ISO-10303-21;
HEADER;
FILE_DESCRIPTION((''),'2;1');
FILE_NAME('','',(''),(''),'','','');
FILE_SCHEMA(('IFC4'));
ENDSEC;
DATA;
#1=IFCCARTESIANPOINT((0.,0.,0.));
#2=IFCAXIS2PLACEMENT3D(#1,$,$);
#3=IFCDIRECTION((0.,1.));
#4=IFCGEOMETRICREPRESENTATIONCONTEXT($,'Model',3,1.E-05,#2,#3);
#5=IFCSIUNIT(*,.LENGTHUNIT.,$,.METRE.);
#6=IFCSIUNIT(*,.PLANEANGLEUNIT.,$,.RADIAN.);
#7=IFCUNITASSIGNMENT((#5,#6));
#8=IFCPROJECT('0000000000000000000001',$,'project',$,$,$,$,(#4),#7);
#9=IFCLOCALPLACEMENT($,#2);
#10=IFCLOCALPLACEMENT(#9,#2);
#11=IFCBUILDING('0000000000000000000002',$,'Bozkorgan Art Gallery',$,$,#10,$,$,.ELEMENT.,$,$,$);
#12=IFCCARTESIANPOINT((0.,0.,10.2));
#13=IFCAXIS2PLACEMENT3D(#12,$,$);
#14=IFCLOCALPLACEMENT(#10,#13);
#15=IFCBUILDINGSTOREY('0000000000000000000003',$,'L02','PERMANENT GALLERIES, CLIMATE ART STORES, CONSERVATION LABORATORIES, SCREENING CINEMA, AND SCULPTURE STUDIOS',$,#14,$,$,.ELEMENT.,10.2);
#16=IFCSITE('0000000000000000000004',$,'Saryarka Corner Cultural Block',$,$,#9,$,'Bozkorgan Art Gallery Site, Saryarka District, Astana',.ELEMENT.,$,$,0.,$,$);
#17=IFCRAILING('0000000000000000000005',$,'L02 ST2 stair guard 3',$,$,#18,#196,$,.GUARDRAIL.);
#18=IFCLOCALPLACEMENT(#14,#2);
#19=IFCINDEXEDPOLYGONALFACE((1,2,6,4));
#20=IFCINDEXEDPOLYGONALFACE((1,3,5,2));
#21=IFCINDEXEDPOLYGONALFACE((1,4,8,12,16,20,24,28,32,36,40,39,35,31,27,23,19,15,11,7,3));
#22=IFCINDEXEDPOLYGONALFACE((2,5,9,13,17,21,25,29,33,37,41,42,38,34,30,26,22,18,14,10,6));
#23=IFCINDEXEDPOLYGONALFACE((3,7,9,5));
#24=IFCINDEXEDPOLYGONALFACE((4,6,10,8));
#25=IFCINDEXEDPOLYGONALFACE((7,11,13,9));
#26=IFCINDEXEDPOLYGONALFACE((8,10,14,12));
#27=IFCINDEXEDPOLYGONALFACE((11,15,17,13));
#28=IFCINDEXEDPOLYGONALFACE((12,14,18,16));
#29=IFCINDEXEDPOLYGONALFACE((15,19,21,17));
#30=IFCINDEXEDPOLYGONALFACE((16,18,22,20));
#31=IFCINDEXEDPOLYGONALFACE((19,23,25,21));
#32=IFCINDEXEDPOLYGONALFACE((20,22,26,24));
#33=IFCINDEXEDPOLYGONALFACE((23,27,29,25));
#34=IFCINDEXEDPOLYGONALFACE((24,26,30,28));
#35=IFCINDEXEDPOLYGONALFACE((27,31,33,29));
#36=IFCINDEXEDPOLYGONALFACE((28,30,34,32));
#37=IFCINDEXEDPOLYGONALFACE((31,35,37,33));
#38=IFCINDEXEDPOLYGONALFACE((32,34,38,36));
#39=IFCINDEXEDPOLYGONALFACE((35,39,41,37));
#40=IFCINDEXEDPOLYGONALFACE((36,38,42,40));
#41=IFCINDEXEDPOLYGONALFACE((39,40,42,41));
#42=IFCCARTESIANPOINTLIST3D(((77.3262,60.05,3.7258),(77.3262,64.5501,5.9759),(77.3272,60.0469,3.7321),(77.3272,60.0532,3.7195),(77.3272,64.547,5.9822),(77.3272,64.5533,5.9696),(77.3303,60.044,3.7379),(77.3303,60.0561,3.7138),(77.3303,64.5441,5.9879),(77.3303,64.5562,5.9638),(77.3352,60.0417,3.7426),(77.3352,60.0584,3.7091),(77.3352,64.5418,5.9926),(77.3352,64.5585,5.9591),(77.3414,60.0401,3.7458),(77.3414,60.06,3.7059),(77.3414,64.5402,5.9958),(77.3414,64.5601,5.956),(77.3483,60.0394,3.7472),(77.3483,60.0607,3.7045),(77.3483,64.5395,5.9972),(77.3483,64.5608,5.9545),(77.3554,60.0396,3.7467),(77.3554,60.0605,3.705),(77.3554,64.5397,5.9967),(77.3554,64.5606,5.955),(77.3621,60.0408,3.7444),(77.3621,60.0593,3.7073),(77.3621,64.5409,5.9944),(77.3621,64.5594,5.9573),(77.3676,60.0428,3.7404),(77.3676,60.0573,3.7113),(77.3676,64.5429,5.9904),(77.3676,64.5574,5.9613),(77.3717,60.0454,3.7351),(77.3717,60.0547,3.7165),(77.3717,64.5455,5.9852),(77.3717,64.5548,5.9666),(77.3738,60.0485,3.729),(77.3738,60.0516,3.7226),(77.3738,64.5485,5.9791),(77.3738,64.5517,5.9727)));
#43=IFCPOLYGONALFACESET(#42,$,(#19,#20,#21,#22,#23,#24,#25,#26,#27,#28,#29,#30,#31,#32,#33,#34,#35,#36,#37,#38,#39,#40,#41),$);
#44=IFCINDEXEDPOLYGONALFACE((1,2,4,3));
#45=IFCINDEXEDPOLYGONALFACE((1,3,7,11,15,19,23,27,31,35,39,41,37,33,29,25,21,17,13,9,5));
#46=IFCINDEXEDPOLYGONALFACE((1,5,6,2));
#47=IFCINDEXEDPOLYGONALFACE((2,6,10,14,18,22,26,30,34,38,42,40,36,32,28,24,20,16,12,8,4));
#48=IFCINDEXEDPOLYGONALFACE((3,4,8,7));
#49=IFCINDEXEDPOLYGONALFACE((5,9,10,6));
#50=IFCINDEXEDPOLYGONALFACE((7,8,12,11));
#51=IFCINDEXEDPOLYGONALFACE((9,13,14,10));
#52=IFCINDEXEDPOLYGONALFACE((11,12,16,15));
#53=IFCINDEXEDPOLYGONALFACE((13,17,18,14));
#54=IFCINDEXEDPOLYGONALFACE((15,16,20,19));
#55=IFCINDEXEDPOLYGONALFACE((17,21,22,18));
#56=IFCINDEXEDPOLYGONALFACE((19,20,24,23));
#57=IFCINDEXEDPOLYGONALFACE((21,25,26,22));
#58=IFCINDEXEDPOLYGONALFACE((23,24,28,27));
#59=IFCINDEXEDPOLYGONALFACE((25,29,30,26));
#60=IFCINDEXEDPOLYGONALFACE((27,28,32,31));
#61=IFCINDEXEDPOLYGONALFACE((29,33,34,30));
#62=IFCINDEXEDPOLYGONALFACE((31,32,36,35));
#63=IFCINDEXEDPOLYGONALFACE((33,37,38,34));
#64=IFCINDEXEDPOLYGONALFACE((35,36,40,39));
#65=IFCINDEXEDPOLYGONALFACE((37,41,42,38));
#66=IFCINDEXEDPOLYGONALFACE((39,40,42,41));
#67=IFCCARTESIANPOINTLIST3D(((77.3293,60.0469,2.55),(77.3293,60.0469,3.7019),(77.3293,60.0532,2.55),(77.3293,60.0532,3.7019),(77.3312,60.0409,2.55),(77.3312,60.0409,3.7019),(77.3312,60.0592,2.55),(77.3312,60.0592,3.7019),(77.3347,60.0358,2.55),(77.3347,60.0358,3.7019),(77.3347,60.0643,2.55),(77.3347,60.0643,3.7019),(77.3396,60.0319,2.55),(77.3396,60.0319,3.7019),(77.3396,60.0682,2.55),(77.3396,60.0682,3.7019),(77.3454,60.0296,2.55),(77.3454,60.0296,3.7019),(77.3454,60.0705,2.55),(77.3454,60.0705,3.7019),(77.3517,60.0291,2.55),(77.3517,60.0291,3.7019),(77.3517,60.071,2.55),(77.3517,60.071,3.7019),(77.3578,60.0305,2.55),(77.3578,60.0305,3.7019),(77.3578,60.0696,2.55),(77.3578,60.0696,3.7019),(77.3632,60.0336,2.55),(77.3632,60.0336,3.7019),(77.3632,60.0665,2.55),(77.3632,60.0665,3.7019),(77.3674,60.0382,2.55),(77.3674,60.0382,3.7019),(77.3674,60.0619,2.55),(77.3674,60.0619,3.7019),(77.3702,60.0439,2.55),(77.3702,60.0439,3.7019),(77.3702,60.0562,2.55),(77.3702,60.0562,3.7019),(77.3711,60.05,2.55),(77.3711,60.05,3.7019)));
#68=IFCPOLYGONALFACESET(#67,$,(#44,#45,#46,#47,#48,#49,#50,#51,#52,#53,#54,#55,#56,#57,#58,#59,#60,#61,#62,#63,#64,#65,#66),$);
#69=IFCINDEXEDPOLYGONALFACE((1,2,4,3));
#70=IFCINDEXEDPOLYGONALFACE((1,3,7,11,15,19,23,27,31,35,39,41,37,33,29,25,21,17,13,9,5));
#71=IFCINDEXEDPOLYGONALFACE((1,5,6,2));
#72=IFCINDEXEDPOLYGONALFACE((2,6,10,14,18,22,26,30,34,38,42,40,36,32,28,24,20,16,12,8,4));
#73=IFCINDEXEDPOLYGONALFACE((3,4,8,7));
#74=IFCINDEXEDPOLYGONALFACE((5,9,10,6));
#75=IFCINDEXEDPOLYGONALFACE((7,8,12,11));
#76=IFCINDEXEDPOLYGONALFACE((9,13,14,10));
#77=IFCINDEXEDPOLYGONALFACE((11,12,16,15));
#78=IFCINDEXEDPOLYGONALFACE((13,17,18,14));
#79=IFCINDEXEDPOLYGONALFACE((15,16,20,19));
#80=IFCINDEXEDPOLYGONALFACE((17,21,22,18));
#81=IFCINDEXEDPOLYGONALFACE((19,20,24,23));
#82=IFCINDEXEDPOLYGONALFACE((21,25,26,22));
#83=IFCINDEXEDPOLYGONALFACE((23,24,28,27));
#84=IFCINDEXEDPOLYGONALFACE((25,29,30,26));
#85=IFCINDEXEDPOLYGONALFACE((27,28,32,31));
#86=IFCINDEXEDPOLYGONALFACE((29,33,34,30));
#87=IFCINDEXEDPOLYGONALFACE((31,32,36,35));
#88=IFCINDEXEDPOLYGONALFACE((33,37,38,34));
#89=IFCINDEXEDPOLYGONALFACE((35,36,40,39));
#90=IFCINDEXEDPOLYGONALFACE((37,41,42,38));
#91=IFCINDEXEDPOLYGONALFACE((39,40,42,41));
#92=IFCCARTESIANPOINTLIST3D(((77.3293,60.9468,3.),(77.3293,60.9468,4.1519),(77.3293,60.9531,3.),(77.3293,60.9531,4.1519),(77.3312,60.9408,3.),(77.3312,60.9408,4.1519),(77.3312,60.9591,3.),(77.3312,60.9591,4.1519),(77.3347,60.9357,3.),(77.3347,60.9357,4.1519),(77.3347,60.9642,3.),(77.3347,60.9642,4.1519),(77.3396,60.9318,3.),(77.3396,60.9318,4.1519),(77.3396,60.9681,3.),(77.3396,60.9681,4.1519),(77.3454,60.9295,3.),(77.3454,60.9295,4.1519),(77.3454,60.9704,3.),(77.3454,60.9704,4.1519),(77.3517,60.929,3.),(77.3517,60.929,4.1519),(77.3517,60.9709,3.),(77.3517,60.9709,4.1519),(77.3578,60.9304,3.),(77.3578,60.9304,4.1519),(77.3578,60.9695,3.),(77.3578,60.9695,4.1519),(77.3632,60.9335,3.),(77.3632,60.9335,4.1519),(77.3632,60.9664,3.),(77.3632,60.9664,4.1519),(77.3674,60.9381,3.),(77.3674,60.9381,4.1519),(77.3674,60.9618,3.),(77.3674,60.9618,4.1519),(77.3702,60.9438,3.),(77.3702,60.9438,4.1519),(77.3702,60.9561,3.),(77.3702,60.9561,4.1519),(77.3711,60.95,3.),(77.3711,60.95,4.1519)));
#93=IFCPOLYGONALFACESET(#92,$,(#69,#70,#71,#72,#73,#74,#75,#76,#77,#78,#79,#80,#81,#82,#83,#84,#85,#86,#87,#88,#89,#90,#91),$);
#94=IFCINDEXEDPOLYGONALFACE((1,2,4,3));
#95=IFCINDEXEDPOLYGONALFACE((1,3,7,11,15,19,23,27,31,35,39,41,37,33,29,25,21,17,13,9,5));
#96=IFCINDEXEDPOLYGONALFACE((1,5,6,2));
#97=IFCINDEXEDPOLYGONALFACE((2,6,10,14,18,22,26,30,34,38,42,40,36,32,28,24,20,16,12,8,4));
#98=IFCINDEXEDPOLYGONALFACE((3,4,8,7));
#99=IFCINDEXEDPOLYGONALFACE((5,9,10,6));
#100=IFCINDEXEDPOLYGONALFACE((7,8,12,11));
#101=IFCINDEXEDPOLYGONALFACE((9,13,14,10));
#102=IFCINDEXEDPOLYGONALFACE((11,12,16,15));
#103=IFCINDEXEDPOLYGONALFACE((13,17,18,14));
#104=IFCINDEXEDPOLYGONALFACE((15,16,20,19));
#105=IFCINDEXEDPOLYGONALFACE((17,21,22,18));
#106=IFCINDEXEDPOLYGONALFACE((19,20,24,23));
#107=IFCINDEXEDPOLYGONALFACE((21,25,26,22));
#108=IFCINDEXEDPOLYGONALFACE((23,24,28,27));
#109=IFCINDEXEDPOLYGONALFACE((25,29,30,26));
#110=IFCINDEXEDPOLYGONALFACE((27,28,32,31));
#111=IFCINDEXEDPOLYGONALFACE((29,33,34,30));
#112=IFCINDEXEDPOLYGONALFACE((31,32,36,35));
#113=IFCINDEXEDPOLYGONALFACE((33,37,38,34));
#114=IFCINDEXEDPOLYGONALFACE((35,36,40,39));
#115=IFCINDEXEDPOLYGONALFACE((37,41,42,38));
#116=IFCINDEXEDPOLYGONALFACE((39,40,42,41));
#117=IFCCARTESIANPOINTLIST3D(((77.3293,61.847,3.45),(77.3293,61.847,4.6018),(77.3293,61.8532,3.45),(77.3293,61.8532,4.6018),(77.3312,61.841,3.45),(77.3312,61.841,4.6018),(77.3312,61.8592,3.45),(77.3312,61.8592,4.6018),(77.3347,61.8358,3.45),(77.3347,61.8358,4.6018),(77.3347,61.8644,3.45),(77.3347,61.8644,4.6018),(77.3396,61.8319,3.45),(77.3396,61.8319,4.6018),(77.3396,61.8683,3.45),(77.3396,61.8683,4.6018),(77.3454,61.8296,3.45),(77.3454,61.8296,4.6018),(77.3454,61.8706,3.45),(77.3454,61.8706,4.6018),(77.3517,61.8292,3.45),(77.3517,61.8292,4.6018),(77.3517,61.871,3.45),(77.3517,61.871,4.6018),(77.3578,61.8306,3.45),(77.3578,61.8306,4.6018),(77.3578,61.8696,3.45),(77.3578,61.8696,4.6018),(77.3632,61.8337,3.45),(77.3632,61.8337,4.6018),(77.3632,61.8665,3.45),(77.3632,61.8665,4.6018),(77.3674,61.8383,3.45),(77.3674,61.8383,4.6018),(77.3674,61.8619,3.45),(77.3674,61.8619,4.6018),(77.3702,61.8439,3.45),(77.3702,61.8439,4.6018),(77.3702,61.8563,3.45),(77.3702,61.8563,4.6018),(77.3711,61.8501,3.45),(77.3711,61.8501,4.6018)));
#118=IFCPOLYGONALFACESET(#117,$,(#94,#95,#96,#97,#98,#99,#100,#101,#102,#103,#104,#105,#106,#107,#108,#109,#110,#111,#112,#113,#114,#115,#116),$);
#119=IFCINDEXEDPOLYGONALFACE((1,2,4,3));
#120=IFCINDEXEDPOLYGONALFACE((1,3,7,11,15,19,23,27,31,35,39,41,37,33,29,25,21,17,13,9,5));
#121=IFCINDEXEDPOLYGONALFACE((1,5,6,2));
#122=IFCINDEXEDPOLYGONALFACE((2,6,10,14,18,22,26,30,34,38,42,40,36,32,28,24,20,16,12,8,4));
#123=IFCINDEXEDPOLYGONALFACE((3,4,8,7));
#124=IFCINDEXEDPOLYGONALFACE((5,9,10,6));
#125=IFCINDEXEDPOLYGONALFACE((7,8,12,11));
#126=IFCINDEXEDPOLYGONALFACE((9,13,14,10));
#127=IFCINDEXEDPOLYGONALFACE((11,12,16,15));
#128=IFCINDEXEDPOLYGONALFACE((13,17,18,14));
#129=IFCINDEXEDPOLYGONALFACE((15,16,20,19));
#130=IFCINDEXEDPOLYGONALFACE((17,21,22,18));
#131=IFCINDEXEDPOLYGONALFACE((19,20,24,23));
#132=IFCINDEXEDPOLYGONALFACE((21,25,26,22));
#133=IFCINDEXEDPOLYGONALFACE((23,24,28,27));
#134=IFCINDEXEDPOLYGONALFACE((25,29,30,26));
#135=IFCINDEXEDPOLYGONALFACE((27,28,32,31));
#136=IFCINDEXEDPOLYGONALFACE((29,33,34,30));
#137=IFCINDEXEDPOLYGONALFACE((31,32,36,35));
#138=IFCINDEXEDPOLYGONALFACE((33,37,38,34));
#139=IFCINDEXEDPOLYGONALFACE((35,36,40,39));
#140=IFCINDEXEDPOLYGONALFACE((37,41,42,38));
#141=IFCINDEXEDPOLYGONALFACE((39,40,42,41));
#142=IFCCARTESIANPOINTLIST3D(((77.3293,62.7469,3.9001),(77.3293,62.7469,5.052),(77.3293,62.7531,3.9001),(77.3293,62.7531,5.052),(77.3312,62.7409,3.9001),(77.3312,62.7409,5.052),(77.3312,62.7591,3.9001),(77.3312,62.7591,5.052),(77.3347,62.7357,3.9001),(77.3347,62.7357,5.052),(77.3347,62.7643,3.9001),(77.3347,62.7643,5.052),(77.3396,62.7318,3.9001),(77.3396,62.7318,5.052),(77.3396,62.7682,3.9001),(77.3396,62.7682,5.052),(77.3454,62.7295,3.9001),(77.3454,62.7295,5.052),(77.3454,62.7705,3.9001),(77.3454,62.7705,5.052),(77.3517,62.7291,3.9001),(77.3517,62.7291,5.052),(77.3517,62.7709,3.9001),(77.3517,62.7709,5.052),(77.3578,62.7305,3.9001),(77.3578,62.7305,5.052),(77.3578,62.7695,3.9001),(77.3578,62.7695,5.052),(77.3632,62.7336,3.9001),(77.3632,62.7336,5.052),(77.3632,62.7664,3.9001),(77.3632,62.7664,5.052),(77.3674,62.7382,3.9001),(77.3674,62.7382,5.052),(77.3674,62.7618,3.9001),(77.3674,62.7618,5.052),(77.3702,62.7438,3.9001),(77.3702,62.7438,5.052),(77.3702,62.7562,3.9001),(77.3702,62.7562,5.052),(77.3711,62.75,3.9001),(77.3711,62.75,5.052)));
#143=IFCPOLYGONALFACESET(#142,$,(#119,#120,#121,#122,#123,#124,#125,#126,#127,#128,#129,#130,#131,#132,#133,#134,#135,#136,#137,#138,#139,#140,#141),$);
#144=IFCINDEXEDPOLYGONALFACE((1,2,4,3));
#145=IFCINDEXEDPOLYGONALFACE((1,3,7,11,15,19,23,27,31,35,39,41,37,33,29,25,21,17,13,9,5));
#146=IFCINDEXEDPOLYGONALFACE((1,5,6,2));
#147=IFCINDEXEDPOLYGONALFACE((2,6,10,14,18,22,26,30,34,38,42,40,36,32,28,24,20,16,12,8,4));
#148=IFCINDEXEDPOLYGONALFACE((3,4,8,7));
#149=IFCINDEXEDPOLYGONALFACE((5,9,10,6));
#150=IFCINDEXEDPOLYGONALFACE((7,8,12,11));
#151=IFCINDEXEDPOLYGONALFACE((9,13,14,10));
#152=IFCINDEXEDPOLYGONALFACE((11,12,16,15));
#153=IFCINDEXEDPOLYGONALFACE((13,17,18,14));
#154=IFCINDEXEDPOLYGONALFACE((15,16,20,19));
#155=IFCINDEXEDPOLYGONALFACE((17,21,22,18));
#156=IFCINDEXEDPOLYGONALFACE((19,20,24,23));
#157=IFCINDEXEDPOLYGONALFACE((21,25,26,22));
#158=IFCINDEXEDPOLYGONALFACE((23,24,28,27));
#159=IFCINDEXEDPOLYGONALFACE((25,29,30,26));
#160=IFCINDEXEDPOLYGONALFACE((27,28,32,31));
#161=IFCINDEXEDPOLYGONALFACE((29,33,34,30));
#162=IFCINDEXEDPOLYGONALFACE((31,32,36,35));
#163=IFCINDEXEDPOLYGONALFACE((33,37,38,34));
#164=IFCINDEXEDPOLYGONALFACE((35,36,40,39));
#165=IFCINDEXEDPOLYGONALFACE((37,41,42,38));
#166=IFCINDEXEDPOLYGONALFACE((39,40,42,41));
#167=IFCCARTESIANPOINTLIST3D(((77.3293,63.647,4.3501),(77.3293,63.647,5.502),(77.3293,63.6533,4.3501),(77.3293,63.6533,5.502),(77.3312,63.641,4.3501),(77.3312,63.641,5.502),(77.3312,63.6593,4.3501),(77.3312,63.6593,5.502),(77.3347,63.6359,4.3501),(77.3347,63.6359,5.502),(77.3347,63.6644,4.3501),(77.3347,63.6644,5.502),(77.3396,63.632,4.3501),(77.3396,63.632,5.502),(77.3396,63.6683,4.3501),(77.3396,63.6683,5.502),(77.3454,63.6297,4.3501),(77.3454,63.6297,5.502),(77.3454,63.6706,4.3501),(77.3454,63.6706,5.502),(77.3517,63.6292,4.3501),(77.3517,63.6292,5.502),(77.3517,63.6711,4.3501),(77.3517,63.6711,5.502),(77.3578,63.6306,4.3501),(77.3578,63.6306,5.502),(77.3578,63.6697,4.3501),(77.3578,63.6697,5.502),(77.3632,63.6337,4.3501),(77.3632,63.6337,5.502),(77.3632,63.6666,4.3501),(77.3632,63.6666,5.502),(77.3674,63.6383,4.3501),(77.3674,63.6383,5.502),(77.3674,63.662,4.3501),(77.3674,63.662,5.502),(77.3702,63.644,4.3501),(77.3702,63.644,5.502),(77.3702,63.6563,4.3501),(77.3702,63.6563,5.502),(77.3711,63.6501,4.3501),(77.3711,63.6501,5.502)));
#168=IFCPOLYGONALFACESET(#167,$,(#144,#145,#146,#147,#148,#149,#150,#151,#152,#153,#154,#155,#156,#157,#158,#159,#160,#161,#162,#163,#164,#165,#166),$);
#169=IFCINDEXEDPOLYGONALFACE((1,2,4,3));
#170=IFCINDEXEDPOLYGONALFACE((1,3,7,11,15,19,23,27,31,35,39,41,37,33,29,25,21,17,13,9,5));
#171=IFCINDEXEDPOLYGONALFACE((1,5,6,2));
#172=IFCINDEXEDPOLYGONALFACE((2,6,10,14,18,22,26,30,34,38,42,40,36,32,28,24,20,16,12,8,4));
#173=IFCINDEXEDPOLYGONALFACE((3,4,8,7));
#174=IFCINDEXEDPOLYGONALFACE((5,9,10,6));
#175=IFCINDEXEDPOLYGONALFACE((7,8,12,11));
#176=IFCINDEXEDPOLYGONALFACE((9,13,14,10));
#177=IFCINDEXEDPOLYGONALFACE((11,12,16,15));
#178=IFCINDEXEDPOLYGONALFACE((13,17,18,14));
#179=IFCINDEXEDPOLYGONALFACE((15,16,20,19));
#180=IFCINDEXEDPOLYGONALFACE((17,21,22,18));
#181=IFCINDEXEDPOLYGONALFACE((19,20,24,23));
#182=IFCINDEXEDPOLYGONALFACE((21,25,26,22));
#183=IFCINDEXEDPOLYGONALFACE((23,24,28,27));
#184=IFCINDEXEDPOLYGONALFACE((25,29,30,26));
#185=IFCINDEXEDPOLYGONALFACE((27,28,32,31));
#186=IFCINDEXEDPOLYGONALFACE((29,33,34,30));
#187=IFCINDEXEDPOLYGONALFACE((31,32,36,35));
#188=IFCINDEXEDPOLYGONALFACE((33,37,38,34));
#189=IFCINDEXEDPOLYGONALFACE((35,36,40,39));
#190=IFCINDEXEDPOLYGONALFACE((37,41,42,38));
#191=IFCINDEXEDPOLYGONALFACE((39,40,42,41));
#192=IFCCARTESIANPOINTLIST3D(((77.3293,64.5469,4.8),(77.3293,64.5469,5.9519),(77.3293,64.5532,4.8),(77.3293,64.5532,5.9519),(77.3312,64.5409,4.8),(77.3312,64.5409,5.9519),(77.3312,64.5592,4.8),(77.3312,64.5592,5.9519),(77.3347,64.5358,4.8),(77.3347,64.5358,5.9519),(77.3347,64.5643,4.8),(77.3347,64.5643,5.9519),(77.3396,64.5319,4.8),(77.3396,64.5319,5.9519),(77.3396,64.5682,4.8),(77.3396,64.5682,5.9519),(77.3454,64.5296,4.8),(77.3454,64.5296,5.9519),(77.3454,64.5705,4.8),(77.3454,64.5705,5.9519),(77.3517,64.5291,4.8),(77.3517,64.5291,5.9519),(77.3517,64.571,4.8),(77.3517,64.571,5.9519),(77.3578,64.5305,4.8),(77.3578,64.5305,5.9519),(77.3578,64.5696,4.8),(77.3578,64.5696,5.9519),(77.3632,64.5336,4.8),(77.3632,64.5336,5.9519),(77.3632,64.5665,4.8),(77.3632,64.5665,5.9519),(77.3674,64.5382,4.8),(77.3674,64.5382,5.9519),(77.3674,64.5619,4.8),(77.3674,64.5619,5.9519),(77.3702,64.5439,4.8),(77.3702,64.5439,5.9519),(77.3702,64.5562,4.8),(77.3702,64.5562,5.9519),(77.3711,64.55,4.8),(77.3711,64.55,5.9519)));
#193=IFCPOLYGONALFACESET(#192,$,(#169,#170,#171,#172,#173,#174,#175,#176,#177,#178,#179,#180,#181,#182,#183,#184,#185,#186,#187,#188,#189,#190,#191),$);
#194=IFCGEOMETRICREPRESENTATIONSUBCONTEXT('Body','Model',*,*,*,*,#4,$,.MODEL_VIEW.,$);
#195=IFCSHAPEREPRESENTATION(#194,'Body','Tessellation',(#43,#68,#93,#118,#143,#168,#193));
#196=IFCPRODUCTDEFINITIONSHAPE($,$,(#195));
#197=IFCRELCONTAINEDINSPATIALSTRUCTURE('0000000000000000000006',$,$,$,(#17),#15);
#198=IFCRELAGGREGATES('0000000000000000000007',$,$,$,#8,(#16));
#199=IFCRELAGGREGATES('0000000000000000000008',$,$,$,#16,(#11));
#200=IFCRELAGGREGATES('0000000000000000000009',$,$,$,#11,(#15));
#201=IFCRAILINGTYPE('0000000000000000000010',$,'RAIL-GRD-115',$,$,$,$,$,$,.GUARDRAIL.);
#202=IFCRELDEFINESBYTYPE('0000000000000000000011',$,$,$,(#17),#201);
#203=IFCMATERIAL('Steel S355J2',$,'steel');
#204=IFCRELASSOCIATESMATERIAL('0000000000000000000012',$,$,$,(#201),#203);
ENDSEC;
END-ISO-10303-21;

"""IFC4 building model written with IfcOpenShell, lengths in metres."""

from ifc_helpers import new_model, si_unit, direction, frame, origin, origin_2d, place, context, subcontext, project, spatial, circle, extrude, material, type_object, element, save


model = new_model("IFC4")

# Units and contexts
model_context = context("Model", 3, precision=1e-05, world=origin(), true_north=direction((0.0, 1.0)))
body_context = subcontext(model_context, "Body", "Model", "MODEL_VIEW")
ifc_project = project(units=[si_unit("LENGTHUNIT", "METRE"), si_unit("PLANEANGLEUNIT", "RADIAN")], contexts=[model_context])

# Site, building, storey
site_placement = place(None, origin())
site = spatial("IfcSite", under=ifc_project, at=site_placement, Name="Saryarka Corner Cultural Block", LongName="Bozkorgan Art Gallery Site, Saryarka District, Astana", CompositionType="ELEMENT", RefElevation=0.0)
building_placement = place(site_placement, origin())
building = spatial("IfcBuilding", under=site, at=building_placement, Name="Bozkorgan Art Gallery", CompositionType="ELEMENT")
storey_placement = place(building_placement, frame((0.0, 0.0, 10.2)))
storey = spatial("IfcBuildingStorey", under=building, at=storey_placement, Name="L02", Description="PERMANENT GALLERIES, CLIMATE ART STORES, CONSERVATION LABORATORIES, SCREENING CINEMA, AND SCULPTURE STUDIOS", CompositionType="ELEMENT", Elevation=10.2)

# Shared definitions
ifc_material_1 = material(Name="Steel S355J2", Category="steel")

# Railing
railing_type_1 = type_object("IfcRailingType", Name="RAIL-GRD-115", PredefinedType="GUARDRAIL", material=ifc_material_1)
railing_1_placement = place(storey_placement, frame((77.3501, 60.05, 2.55)))
element("IfcRailing", 1, at=railing_1_placement, inside=storey, type_object=railing_type_1, Name="L02 ST2 stair guard 3", PredefinedType="GUARDRAIL", context=body_context, shape_type="SweptSolid", body=[
    extrude(circle(Radius=0.0239, at=origin_2d()), frame((0.0, 0.0, 1.1758), z_axis=(0.0, 0.894427, 0.447214), x_axis=(-1.0, 0.0, 0.0)), (0.0, 0.0, 1.0), 5.0312),
    extrude(circle(Radius=0.021, at=origin_2d()), origin(), (0.0, 0.0, 1.0), 1.1519),
    extrude(circle(Radius=0.021, at=origin_2d()), frame((0.0, 0.8999, 0.45)), (0.0, 0.0, 1.0), 1.1519),
    extrude(circle(Radius=0.021, at=origin_2d()), frame((0.0, 1.8, 0.8999)), (0.0, 0.0, 1.0), 1.1519),
    extrude(circle(Radius=0.021, at=origin_2d()), frame((0.0, 2.7, 1.3501)), (0.0, 0.0, 1.0), 1.1519),
    extrude(circle(Radius=0.021, at=origin_2d()), frame((0.0, 3.6001, 1.8)), (0.0, 0.0, 1.0), 1.1519),
    extrude(circle(Radius=0.021, at=origin_2d()), frame((0.0, 4.5, 2.25)), (0.0, 0.0, 1.0), 1.1519),
])

save(model, "model.ifc")
